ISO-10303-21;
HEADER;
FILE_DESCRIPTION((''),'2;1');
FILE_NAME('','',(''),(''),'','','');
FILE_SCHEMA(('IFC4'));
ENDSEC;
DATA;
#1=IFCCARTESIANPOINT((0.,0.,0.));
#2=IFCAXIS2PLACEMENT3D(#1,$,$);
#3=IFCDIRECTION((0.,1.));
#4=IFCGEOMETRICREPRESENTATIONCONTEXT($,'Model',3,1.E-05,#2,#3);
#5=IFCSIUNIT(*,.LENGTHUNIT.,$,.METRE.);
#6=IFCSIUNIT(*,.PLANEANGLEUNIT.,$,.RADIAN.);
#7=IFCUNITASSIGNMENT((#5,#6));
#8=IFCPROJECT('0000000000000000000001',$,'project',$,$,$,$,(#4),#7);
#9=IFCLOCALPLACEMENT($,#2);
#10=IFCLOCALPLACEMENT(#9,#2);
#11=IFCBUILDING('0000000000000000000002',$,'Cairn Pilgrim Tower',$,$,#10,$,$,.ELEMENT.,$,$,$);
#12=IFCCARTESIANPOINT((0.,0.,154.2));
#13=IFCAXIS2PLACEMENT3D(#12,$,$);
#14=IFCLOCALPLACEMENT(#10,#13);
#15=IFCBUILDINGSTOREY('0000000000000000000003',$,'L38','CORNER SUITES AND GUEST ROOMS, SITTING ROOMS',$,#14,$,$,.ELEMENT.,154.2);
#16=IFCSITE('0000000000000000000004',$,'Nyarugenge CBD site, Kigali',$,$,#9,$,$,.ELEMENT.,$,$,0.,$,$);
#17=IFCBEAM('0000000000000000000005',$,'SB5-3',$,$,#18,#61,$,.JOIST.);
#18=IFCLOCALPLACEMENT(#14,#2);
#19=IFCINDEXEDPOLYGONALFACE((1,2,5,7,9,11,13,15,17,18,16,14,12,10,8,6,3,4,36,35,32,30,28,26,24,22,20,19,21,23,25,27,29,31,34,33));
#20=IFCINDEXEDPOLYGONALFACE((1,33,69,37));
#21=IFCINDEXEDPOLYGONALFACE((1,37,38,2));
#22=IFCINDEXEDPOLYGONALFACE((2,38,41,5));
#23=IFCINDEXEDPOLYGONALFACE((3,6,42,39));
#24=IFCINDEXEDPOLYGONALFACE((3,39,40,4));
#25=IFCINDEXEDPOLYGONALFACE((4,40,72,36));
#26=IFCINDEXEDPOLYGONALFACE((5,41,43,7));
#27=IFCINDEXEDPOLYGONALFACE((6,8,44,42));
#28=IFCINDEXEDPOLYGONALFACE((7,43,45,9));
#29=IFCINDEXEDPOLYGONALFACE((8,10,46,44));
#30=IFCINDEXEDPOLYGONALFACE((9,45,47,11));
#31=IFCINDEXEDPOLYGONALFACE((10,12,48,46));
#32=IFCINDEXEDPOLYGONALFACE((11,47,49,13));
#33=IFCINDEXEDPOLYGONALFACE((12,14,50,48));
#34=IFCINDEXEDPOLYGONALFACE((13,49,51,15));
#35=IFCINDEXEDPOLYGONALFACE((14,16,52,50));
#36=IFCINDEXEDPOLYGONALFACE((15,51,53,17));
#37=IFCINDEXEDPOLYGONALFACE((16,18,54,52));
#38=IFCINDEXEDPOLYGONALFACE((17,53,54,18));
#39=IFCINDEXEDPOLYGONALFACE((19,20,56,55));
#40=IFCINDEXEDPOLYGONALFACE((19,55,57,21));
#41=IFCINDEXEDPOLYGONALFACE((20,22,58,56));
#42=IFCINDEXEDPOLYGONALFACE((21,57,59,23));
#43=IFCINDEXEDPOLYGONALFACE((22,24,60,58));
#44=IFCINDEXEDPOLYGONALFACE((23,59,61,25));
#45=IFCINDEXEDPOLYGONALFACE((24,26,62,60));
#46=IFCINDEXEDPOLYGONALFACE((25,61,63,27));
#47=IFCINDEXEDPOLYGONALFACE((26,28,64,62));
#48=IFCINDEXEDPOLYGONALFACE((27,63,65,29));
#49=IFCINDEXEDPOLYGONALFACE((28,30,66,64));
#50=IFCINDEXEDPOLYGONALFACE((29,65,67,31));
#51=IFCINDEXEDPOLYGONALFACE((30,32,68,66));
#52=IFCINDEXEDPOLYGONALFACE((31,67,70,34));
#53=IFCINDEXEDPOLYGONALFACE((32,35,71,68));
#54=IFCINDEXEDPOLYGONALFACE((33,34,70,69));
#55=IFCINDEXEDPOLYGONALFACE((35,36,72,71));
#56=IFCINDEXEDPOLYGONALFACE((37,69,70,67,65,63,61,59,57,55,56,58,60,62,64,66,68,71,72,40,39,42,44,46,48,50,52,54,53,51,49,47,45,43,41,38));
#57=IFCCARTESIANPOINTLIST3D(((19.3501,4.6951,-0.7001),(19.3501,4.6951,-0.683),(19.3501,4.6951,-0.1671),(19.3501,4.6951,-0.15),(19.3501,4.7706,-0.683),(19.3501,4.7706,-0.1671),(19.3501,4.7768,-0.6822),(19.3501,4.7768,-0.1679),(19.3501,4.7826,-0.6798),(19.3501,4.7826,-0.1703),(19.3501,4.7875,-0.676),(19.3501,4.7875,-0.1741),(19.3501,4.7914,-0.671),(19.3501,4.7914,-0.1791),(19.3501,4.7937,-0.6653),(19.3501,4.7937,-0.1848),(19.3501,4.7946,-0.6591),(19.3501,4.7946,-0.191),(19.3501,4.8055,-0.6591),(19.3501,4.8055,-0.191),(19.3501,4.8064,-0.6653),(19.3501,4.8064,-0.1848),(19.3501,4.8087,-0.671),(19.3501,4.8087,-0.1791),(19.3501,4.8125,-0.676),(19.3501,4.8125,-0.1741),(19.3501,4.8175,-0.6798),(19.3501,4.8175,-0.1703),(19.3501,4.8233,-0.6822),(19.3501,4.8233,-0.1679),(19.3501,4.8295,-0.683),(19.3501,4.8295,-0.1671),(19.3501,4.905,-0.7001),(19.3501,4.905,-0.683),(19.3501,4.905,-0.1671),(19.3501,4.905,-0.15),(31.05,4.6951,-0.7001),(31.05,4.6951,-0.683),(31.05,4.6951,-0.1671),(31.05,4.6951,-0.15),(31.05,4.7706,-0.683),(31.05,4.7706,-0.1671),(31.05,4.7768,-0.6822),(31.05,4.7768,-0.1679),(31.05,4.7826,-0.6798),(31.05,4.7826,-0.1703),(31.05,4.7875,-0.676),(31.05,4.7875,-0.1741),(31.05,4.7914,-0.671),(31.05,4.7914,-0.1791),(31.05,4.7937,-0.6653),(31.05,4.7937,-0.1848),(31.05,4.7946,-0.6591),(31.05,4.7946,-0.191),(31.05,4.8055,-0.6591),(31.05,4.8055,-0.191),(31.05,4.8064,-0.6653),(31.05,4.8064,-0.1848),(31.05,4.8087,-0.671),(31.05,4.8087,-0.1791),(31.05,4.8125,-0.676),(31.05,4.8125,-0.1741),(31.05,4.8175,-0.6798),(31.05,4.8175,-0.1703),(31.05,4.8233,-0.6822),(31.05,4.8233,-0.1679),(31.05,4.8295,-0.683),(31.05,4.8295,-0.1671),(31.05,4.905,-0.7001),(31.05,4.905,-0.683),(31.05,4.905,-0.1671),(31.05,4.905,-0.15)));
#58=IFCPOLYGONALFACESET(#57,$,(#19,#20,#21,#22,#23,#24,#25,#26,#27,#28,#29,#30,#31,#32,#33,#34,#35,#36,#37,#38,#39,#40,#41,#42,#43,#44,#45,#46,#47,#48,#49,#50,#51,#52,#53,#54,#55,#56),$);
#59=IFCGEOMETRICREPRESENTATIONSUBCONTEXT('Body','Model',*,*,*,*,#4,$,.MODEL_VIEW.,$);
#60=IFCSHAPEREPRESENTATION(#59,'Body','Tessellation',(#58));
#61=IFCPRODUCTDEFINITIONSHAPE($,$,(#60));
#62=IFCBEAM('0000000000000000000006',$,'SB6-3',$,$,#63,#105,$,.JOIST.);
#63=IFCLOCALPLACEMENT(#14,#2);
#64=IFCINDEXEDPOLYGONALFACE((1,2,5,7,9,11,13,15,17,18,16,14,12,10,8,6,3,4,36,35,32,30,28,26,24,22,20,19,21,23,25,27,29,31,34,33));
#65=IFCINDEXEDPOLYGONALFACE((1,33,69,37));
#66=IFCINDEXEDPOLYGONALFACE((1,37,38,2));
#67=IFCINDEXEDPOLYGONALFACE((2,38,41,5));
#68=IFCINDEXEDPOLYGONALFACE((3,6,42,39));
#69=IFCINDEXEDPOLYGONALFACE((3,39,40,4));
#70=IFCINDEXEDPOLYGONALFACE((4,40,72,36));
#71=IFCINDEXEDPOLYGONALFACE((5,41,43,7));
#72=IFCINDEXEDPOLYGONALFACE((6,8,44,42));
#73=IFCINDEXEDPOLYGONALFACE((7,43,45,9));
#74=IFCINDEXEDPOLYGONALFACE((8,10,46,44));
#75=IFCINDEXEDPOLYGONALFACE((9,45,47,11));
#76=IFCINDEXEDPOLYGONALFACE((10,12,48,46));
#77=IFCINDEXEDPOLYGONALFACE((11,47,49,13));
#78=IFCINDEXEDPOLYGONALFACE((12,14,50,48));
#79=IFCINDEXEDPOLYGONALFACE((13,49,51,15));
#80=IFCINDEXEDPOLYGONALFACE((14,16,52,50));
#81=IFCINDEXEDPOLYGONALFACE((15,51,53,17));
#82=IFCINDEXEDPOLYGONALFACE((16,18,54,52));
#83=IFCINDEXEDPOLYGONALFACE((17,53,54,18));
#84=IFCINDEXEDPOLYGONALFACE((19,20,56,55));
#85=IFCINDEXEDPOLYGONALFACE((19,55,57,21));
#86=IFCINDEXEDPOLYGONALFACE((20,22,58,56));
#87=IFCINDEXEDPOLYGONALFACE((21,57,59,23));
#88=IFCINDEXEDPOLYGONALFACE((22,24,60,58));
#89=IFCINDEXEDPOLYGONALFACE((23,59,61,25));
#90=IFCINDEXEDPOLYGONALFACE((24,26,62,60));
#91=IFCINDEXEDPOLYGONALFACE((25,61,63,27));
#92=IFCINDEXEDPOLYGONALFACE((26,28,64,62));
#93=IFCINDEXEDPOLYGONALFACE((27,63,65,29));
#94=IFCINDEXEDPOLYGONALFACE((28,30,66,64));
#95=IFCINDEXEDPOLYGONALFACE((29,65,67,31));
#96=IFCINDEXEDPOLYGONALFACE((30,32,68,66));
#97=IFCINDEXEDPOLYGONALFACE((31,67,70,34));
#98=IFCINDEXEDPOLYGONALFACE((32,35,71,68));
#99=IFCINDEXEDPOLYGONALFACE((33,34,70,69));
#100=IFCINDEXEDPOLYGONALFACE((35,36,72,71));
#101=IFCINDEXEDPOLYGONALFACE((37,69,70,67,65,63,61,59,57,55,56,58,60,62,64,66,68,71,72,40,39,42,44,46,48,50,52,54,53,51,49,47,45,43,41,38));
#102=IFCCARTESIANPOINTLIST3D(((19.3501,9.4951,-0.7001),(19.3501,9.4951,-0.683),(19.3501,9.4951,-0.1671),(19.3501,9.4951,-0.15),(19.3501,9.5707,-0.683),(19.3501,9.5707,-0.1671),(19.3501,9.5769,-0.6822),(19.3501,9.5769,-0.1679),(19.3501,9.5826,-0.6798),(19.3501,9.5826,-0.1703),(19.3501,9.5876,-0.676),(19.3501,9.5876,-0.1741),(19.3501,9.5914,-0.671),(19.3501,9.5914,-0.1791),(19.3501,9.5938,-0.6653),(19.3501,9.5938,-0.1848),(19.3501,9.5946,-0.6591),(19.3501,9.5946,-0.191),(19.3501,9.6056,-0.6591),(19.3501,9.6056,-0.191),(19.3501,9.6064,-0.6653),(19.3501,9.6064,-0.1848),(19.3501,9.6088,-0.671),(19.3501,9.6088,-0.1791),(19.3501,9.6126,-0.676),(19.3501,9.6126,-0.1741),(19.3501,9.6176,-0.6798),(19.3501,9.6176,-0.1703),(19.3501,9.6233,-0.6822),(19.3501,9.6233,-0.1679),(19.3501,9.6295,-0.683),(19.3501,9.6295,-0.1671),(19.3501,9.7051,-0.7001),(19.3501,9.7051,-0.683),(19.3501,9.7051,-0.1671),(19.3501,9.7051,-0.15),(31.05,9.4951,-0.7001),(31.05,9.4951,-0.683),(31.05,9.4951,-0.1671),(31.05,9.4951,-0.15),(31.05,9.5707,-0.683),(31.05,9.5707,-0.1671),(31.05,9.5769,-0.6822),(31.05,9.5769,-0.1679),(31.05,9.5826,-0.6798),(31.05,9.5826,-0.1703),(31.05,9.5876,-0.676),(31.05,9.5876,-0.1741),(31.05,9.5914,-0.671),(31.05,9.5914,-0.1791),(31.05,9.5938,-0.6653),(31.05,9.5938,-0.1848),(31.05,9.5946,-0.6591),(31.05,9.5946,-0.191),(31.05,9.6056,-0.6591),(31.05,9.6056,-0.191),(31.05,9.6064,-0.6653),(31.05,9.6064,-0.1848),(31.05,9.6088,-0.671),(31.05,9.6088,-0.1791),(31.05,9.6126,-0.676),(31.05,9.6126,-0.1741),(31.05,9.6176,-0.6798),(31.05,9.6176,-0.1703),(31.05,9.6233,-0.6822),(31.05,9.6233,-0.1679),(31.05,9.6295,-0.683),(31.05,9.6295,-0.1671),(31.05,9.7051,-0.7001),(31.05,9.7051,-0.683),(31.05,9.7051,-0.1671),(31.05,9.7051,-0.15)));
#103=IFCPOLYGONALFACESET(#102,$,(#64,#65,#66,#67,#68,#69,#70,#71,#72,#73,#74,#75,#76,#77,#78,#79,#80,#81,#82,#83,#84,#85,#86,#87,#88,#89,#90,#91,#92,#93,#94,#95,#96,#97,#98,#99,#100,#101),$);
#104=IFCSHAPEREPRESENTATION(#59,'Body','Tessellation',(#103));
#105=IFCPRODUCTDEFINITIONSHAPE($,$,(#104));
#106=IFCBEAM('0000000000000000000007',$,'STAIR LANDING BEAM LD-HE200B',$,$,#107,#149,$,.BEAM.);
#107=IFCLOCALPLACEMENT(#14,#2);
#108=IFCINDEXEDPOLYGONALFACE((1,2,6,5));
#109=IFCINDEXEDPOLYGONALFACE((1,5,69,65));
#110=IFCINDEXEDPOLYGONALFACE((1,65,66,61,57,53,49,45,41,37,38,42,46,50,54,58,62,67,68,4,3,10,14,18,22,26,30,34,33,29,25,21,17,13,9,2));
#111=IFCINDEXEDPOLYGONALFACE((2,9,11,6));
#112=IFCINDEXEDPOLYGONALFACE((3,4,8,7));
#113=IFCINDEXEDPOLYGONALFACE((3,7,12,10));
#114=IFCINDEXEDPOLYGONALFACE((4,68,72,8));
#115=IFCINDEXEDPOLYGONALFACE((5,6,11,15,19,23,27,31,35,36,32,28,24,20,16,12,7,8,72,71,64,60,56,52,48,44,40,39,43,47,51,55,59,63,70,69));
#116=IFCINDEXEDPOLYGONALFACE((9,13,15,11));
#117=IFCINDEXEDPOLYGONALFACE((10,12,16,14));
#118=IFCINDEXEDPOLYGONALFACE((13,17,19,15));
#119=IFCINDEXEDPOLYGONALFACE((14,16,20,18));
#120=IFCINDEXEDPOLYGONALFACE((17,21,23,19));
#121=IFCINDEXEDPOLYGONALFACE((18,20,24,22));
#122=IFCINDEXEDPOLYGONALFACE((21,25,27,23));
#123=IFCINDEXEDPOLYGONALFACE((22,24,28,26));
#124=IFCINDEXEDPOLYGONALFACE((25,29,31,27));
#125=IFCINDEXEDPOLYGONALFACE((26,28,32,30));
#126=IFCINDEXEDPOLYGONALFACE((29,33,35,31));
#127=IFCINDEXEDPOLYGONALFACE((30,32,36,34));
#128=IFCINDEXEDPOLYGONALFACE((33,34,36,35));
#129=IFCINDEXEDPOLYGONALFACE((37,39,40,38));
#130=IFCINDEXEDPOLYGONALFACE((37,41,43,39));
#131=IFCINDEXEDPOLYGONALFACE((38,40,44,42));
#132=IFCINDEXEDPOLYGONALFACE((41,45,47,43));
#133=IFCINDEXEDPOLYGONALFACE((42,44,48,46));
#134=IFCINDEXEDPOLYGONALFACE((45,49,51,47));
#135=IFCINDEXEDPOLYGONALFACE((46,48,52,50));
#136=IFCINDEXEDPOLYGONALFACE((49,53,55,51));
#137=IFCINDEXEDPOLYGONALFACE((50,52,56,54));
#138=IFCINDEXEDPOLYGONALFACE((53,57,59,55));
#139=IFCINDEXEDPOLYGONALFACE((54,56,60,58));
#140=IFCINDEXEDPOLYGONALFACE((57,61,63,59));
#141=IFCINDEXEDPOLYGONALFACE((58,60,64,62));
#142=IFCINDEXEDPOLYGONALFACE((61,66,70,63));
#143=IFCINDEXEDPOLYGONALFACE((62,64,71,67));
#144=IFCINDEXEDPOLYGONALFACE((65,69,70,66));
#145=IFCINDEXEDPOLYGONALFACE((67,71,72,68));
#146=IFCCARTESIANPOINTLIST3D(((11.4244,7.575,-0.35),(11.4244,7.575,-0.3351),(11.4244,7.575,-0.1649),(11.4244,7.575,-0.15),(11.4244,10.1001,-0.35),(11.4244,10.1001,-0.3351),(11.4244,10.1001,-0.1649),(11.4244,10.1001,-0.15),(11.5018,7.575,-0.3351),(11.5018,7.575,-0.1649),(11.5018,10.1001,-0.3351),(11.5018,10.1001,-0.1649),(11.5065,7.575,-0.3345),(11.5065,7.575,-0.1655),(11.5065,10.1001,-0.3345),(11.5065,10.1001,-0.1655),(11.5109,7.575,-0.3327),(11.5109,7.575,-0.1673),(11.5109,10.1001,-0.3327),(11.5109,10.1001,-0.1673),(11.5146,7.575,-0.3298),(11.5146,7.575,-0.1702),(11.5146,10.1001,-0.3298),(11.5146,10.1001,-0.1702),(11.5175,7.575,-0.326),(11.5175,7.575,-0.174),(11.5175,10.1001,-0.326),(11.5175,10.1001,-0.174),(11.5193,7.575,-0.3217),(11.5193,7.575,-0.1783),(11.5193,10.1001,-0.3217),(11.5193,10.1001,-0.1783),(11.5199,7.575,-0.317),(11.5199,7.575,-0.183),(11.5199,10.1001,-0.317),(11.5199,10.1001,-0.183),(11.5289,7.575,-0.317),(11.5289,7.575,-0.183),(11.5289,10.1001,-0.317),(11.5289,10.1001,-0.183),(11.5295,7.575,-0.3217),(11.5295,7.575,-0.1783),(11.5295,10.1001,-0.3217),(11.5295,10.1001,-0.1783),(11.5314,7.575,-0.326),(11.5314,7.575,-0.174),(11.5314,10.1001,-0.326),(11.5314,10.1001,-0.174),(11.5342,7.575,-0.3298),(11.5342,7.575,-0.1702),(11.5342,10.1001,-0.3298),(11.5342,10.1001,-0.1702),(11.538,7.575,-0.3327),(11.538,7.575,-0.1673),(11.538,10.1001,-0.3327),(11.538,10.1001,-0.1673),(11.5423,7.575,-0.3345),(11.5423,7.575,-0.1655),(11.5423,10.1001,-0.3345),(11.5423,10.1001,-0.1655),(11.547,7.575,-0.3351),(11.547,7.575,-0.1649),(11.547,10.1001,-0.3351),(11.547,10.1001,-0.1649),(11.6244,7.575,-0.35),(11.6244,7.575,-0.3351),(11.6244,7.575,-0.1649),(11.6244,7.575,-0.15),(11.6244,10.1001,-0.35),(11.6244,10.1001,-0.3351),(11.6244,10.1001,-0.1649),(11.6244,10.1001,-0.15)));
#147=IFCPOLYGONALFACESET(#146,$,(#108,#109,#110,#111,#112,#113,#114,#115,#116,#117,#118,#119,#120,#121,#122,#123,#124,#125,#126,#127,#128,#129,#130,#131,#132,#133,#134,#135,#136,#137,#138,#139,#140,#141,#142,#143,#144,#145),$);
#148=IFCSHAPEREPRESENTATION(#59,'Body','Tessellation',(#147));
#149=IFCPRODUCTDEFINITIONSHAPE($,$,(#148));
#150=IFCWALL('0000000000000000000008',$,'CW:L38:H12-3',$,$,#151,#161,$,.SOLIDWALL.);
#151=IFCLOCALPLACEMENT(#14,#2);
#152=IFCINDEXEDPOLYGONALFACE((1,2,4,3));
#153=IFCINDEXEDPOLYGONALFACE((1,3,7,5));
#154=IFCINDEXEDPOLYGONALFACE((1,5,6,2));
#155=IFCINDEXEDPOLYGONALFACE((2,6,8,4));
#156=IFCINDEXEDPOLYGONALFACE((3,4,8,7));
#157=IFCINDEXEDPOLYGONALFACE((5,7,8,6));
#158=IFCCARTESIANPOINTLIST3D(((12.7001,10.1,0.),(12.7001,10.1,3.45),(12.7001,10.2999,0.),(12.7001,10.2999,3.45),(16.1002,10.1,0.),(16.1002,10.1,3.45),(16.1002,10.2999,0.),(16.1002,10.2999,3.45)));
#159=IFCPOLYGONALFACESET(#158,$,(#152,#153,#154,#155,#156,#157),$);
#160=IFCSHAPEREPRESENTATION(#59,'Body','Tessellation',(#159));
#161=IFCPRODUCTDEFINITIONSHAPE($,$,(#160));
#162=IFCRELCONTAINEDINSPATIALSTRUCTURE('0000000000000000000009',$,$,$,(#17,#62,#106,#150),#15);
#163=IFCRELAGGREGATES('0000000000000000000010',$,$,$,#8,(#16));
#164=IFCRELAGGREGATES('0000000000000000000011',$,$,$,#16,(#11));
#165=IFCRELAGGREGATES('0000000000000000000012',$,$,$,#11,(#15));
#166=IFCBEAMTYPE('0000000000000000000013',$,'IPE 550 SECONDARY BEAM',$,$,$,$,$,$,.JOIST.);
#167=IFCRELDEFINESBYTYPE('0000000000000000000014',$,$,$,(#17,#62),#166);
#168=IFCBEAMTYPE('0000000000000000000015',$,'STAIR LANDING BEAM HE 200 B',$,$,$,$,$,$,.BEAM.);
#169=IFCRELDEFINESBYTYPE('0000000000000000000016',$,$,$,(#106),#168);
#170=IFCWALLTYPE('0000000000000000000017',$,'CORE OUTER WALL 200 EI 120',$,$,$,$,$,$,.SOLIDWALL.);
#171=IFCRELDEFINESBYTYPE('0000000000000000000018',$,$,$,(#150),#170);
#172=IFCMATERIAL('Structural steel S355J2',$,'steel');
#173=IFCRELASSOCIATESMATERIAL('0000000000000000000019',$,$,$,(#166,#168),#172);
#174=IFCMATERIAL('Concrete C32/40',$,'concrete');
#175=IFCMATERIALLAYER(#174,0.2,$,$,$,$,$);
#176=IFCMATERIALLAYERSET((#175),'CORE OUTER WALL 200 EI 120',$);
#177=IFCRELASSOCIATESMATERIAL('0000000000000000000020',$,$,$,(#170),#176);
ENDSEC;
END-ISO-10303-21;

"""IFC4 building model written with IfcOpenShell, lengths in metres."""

from ifc_helpers import new_model, si_unit, direction, frame, frame_2d, origin, origin_2d, place, context, subcontext, project, spatial, rectangle, i_section, extrude, material, layer, layer_set, material_profile, profile_set, type_object, element, save


model = new_model("IFC4")

# Units and contexts
model_context = context("Model", 3, precision=1e-05, world=origin(), true_north=direction((0.0, 1.0)))
body_context = subcontext(model_context, "Body", "Model", "MODEL_VIEW")
ifc_project = project(units=[si_unit("LENGTHUNIT", "METRE"), si_unit("PLANEANGLEUNIT", "RADIAN")], contexts=[model_context])

# Site, building, storey
site_placement = place(None, origin())
site = spatial("IfcSite", under=ifc_project, at=site_placement, Name="Nyarugenge CBD site, Kigali", CompositionType="ELEMENT", RefElevation=0.0)
building_placement = place(site_placement, origin())
building = spatial("IfcBuilding", under=site, at=building_placement, Name="Cairn Pilgrim Tower", CompositionType="ELEMENT")
storey_placement = place(building_placement, frame((0.0, 0.0, 154.2)))
storey = spatial("IfcBuildingStorey", under=building, at=storey_placement, Name="L38", Description="CORNER SUITES AND GUEST ROOMS, SITTING ROOMS", CompositionType="ELEMENT", Elevation=154.2)

# Shared definitions
ifc_material_1 = material(Name="Structural steel S355J2", Category="steel")

# Beams
ifc_material_profile_1 = material_profile(ifc_material_1, i_section(OverallWidth=0.21, OverallDepth=0.55, WebThickness=0.011, FlangeThickness=0.0171, FilletRadius=0.0239, at=origin_2d()), Name="IPE 550")
ifc_profile_set_1 = profile_set([ifc_material_profile_1], Name="Structural steel S355J2")
beam_type_1 = type_object("IfcBeamType", Name="IPE 550 SECONDARY BEAM", PredefinedType="JOIST", material=ifc_profile_set_1)
for number, where, z_axis, x_axis, name in (
    (1, (19.3501, 4.8, -0.425), (1.0, 0.0, 0.0), (0.0, 1.0, 0.0), "SB5-3"),
    (2, (19.3501, 9.6001, -0.425), (1.0, 0.0, 0.0), (0.0, 1.0, 0.0), "SB6-3"),
):
    element("IfcBeam", number, at=place(storey_placement, frame(where, z_axis=z_axis, x_axis=x_axis)), inside=storey, type_object=beam_type_1, Name=name, PredefinedType="JOIST", context=body_context, shape_type="SweptSolid", body=[
        extrude(i_section(OverallWidth=0.21, OverallDepth=0.55, WebThickness=0.011, FlangeThickness=0.0171, FilletRadius=0.0239, at=origin_2d()), origin(), (0.0, 0.0, 1.0), 11.7),
    ])
ifc_material_profile_2 = material_profile(ifc_material_1, i_section(OverallWidth=0.2, OverallDepth=0.2, WebThickness=0.009, FlangeThickness=0.0149, FilletRadius=0.0181, at=origin_2d()), Name="HE 200 B")
ifc_profile_set_2 = profile_set([ifc_material_profile_2], Name="Structural steel S355J2")
beam_type_2 = type_object("IfcBeamType", Name="STAIR LANDING BEAM HE 200 B", PredefinedType="BEAM", material=ifc_profile_set_2)
beam_1_placement = place(storey_placement, frame((11.5244, 10.1001, -0.25), z_axis=(0.0, -1.0, 0.0), x_axis=(1.0, 0.0, 0.0)))
element("IfcBeam", 3, at=beam_1_placement, inside=storey, type_object=beam_type_2, Name="STAIR LANDING BEAM LD-HE200B", PredefinedType="BEAM", context=body_context, shape_type="SweptSolid", body=[
    extrude(i_section(OverallWidth=0.2, OverallDepth=0.2, WebThickness=0.009, FlangeThickness=0.0149, FilletRadius=0.0181, at=origin_2d()), origin(), (0.0, 0.0, 1.0), 2.5251),
])

# Wall
ifc_material_2 = material(Name="Concrete C32/40", Category="concrete")
ifc_layer_1 = layer(ifc_material_2, 0.2)
ifc_layer_set_1 = layer_set([ifc_layer_1], Name="CORE OUTER WALL 200 EI 120")
wall_type_1 = type_object("IfcWallType", Name="CORE OUTER WALL 200 EI 120", PredefinedType="SOLIDWALL", material=ifc_layer_set_1)
wall_1_placement = place(storey_placement, frame((12.7, 10.2, 0.0), z_axis=(0.0, 0.0, 1.0), x_axis=(1.0, 0.0, 0.0)))
element("IfcWall", 4, at=wall_1_placement, inside=storey, type_object=wall_type_1, Name="CW:L38:H12-3", PredefinedType="SOLIDWALL", context=body_context, shape_type="SweptSolid", body=[
    extrude(rectangle(XDim=3.4001, YDim=0.2, at=frame_2d((1.7002, 0.0))), origin(), (0.0, 0.0, 1.0), 3.45),
])

save(model, "model.ifc")
